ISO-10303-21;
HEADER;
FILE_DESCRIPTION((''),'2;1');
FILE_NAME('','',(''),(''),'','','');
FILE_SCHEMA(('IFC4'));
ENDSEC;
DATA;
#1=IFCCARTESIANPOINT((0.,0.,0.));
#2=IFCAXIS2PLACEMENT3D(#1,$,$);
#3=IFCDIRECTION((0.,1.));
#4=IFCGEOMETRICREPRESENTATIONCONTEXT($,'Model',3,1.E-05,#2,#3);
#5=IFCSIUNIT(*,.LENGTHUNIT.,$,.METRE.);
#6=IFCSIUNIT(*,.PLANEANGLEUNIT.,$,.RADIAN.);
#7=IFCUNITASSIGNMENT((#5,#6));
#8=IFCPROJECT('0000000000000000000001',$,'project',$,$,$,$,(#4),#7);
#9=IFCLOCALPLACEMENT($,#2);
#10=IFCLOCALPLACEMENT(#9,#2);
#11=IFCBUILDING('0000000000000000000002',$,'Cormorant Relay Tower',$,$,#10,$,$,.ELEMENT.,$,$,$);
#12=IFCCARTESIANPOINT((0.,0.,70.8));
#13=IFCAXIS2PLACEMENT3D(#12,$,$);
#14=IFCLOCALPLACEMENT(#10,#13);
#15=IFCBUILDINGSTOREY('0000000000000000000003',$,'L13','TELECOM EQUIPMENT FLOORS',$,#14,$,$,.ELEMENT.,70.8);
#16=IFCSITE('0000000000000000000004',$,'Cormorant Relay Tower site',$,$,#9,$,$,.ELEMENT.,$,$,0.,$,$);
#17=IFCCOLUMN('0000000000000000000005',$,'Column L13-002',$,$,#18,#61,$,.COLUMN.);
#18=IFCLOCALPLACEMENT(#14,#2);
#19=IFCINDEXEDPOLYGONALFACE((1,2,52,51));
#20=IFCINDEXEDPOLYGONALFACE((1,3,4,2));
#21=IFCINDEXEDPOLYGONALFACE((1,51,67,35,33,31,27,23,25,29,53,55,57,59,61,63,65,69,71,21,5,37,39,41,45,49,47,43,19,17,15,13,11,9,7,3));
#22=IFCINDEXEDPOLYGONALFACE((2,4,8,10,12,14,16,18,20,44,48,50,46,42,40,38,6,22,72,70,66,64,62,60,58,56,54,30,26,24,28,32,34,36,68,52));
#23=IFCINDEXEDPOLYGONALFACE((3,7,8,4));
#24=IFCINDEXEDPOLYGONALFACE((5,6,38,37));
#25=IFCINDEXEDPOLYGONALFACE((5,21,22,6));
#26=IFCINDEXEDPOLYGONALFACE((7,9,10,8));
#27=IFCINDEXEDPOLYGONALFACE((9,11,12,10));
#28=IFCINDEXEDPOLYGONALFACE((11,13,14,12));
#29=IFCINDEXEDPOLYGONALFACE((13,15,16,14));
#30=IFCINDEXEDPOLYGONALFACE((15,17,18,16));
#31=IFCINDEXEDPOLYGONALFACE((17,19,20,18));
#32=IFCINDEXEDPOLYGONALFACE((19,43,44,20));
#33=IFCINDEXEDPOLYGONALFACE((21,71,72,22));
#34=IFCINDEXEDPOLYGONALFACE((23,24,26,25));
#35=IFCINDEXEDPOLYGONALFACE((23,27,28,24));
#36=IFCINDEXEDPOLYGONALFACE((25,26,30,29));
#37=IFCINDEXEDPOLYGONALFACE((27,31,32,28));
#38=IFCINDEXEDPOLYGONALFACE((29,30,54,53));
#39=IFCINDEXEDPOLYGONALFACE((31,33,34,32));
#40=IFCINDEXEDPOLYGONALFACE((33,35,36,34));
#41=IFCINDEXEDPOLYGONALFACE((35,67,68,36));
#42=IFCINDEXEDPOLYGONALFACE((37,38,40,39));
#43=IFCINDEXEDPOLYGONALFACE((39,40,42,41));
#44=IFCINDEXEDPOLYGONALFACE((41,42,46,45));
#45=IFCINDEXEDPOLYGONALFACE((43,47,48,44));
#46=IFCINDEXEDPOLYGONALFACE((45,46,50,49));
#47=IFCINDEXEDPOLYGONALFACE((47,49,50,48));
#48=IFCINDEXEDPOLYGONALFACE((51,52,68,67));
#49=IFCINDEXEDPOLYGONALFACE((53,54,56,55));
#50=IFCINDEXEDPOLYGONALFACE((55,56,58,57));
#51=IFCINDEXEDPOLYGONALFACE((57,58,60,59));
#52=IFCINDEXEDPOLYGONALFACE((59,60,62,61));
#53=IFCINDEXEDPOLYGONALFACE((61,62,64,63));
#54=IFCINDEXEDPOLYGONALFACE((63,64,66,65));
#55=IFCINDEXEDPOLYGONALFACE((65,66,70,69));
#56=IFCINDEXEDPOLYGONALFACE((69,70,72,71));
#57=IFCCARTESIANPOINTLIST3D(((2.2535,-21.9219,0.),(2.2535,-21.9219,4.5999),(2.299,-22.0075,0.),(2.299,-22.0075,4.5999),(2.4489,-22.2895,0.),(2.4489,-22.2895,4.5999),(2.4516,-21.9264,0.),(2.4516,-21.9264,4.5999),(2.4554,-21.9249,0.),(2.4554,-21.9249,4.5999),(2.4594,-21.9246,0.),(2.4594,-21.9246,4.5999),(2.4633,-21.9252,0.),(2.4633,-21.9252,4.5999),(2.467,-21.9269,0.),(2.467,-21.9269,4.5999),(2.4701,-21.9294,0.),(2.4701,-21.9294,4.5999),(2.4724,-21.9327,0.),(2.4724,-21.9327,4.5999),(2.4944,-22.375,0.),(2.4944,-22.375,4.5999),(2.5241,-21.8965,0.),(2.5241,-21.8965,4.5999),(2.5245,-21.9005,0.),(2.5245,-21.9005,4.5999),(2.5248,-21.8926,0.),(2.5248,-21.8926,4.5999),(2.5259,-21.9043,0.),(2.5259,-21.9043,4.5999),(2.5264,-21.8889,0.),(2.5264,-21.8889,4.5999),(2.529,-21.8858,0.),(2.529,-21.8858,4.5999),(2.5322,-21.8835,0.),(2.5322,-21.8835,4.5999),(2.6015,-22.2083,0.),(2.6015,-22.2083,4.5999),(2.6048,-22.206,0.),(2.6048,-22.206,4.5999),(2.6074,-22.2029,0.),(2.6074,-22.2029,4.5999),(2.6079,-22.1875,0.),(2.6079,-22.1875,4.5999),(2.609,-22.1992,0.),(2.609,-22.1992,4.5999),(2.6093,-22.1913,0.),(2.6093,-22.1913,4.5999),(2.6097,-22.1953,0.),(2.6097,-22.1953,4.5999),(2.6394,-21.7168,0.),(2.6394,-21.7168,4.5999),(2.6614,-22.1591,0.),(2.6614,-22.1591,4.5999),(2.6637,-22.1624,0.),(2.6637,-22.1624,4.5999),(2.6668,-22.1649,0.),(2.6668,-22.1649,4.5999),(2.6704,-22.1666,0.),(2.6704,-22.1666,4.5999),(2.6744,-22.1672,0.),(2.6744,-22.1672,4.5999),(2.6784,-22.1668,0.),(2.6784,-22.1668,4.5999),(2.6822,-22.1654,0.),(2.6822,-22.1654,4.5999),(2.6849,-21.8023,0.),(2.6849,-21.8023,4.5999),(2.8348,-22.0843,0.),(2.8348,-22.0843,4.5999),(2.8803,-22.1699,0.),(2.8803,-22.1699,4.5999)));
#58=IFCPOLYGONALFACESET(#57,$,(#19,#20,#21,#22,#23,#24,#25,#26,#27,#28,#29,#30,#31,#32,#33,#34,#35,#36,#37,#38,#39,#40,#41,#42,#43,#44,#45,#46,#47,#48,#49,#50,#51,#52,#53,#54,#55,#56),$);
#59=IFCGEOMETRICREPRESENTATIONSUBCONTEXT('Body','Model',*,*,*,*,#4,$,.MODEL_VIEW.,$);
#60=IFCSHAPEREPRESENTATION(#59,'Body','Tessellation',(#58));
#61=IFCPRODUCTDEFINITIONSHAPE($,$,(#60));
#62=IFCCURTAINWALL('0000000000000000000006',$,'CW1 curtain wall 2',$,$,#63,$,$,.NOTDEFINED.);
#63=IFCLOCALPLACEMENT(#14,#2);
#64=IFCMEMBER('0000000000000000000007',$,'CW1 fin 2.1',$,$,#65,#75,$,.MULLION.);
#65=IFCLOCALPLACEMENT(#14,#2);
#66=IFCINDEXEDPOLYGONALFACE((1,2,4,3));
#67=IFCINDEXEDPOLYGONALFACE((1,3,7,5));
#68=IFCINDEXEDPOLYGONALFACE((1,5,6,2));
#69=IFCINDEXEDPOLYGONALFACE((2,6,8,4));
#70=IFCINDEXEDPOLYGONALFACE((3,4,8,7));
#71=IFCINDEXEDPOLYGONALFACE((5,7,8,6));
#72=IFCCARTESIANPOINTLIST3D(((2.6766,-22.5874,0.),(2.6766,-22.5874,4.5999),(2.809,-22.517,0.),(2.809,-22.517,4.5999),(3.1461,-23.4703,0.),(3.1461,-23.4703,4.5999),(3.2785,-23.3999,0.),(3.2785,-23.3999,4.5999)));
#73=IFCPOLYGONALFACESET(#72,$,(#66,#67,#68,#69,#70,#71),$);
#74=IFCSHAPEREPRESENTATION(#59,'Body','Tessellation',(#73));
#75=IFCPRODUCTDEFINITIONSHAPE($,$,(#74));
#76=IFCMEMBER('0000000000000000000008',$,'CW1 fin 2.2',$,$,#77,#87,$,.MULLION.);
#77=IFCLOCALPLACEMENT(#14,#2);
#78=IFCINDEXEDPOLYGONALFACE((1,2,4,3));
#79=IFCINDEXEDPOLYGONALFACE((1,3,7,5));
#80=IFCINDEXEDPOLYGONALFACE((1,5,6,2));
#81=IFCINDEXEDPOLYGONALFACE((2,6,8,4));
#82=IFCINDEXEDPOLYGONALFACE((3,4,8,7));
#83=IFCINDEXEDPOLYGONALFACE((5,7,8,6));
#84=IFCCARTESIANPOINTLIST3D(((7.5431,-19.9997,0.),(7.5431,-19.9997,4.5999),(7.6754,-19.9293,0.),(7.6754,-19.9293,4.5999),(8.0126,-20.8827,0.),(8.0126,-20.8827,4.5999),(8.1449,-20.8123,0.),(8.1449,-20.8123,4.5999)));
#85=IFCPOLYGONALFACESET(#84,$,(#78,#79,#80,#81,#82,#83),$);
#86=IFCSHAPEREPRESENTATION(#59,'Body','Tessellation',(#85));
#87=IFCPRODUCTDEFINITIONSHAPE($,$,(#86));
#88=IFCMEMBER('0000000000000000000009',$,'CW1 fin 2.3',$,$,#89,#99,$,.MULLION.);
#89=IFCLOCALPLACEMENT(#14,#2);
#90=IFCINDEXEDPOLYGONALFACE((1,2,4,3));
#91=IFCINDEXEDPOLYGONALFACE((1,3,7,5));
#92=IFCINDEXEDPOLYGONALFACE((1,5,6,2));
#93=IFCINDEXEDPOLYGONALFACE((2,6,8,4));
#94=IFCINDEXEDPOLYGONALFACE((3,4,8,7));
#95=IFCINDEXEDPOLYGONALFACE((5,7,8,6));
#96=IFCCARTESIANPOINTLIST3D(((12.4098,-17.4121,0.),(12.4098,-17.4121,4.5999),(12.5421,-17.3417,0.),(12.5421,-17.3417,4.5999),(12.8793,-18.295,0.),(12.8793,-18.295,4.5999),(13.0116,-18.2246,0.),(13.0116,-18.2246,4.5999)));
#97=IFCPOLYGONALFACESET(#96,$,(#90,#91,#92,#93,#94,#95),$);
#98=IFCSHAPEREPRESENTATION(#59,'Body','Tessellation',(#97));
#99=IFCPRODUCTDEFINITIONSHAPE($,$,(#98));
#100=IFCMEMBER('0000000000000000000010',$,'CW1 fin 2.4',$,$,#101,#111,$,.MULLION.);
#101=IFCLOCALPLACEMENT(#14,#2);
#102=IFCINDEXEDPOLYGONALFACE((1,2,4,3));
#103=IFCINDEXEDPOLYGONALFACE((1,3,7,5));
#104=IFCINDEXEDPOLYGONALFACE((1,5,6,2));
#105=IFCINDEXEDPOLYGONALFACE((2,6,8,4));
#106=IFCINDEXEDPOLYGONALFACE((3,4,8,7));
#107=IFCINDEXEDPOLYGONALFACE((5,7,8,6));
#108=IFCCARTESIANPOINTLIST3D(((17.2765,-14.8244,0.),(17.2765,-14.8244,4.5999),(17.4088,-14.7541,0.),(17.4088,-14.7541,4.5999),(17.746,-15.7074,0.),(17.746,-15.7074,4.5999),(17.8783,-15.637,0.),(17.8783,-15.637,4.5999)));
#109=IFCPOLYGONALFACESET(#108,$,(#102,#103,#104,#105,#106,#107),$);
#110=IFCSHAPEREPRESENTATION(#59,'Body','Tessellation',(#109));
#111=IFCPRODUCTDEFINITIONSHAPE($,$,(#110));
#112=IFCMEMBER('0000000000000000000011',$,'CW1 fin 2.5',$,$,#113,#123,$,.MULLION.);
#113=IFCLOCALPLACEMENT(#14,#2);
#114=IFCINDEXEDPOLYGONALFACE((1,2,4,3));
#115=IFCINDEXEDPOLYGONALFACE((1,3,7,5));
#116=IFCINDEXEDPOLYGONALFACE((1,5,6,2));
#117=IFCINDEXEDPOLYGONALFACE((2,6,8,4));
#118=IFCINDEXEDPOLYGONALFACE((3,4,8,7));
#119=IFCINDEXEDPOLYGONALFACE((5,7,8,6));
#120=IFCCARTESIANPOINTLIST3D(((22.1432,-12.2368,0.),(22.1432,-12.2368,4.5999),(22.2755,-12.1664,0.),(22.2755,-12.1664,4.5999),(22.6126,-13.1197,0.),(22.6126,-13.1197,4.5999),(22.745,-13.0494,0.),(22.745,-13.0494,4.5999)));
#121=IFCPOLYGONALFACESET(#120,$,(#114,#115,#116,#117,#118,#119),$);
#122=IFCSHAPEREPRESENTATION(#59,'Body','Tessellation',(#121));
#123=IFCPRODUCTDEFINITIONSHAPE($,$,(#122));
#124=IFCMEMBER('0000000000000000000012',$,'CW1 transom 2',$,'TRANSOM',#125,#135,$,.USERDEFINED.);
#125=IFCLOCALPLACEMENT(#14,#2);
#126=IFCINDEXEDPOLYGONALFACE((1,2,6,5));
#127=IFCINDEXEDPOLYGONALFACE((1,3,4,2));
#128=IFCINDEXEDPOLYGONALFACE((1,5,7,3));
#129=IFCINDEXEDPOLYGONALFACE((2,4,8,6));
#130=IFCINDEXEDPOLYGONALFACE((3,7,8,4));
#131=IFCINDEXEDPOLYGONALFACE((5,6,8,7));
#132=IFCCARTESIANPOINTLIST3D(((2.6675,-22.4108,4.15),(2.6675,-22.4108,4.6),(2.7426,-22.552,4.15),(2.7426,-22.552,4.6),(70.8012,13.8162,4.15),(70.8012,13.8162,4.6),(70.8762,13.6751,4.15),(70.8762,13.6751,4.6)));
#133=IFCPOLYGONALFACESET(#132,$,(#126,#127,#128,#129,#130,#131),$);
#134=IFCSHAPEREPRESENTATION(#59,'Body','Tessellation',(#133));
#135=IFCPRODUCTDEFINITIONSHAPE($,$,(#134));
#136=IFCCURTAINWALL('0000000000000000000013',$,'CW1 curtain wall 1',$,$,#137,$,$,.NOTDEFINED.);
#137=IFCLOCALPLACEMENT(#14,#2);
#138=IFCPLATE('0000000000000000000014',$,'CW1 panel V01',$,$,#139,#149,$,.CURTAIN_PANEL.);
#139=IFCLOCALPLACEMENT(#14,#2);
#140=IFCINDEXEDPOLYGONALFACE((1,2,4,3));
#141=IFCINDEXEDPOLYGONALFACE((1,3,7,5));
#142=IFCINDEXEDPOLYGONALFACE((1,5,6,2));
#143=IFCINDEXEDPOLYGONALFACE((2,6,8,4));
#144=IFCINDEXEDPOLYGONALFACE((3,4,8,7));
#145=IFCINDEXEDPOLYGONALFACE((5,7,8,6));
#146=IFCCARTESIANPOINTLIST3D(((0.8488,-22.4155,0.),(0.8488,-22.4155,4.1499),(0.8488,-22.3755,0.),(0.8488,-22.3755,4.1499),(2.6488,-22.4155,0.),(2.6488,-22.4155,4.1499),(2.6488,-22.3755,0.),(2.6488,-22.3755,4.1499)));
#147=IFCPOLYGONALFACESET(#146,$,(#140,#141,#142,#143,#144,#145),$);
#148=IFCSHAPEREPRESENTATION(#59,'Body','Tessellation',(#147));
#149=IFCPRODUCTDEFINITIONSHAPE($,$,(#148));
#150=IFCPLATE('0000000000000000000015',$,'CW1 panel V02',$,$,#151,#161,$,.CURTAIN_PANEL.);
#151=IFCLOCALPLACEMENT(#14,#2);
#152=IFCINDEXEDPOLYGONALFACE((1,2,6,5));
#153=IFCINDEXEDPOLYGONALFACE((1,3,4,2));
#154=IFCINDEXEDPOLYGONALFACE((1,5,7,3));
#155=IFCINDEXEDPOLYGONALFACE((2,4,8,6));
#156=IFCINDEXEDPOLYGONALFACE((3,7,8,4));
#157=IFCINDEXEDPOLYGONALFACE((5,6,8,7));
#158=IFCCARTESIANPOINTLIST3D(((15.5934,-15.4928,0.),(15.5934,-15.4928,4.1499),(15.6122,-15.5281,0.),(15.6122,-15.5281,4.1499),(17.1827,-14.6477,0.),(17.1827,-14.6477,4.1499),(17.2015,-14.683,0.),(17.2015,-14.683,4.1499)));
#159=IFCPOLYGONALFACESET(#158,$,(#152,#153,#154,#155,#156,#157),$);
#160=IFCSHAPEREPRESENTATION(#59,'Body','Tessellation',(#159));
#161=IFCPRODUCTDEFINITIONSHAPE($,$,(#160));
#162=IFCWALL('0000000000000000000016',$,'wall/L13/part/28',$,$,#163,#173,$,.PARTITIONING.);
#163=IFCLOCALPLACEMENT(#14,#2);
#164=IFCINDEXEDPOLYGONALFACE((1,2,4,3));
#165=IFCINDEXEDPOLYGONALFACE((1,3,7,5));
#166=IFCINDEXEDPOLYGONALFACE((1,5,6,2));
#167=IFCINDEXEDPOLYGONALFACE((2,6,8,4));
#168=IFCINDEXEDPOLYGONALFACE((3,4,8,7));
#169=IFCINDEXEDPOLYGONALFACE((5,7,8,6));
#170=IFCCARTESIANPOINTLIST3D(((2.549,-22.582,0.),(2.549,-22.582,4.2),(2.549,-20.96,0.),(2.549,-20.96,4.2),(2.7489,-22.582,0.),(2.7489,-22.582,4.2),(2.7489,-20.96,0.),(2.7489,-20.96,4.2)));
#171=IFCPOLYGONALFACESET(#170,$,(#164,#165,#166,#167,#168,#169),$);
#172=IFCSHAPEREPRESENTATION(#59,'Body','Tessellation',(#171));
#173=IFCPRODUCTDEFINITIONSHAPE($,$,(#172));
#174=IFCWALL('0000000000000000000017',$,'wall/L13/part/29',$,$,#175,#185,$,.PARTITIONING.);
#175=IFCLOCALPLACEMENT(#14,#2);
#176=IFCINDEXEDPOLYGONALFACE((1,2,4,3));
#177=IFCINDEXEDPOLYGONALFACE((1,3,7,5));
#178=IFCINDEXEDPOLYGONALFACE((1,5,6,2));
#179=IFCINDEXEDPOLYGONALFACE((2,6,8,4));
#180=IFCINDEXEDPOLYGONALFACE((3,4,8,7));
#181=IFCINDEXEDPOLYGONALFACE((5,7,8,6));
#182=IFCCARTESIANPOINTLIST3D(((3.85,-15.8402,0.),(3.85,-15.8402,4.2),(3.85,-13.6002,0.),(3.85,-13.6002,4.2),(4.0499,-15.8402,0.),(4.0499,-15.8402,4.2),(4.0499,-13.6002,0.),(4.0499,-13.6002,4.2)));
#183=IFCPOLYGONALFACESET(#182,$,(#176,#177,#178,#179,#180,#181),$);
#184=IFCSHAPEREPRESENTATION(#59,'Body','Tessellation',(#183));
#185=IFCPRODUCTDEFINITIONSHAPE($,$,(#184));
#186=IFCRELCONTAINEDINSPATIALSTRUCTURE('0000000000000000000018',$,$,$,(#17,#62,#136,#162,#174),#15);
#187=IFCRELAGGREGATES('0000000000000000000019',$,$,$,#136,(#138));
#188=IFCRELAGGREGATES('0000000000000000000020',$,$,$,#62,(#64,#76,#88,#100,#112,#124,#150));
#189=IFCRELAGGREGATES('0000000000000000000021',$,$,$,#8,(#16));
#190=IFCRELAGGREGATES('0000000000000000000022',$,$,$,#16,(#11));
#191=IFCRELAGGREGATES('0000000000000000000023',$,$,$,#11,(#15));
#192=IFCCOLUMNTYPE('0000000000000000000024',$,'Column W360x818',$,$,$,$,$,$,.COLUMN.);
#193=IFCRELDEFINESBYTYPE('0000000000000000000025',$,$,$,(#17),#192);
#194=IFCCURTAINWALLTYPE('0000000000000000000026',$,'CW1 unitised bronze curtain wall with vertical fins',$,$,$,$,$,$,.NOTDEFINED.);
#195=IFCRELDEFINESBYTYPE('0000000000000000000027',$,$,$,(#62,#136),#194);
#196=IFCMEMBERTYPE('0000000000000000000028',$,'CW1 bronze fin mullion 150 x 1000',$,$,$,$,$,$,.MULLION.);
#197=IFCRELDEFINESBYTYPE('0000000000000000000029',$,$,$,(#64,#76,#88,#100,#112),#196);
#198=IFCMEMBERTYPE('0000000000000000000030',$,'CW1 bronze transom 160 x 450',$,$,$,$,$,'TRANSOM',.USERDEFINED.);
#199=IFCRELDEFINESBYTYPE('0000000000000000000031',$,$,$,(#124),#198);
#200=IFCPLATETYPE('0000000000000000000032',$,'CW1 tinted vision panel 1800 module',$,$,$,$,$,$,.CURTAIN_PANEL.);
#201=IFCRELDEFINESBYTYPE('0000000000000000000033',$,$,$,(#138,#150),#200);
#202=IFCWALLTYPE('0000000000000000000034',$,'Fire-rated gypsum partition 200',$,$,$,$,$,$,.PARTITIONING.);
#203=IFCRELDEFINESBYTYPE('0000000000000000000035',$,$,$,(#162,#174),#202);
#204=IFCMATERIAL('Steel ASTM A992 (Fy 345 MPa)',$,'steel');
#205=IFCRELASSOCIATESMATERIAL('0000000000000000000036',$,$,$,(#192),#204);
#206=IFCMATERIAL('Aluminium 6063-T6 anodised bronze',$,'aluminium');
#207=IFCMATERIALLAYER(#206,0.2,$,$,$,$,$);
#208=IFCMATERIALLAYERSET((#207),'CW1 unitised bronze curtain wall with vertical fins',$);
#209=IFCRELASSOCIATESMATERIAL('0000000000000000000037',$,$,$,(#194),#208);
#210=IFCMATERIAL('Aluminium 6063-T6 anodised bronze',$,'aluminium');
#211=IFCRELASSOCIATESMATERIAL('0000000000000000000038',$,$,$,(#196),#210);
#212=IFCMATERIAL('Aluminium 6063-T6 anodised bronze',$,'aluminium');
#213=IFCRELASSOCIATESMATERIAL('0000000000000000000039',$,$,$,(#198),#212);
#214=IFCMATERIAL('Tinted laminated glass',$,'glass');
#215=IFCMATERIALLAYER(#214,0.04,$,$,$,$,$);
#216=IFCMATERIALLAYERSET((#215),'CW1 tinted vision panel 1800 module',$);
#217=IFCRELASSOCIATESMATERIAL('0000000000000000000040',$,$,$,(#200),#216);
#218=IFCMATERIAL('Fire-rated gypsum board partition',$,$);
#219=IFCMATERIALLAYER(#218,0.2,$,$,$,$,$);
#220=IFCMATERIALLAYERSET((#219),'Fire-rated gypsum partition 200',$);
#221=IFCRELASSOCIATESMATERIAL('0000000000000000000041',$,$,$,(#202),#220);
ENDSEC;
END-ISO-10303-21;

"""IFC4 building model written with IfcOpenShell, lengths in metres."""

from ifc_helpers import new_model, si_unit, direction, frame, frame_2d, origin, origin_2d, place, context, subcontext, project, spatial, rectangle, i_section, extrude, material, layer, layer_set, material_profile, profile_set, type_object, element, aggregate, save


model = new_model("IFC4")

# Units and contexts
model_context = context("Model", 3, precision=1e-05, world=origin(), true_north=direction((0.0, 1.0)))
body_context = subcontext(model_context, "Body", "Model", "MODEL_VIEW")
ifc_project = project(units=[si_unit("LENGTHUNIT", "METRE"), si_unit("PLANEANGLEUNIT", "RADIAN")], contexts=[model_context])

# Site, building, storey
site_placement = place(None, origin())
site = spatial("IfcSite", under=ifc_project, at=site_placement, Name="Cormorant Relay Tower site", CompositionType="ELEMENT", RefElevation=0.0)
building_placement = place(site_placement, origin())
building = spatial("IfcBuilding", under=site, at=building_placement, Name="Cormorant Relay Tower", CompositionType="ELEMENT")
storey_placement = place(building_placement, frame((0.0, 0.0, 70.8)))
storey = spatial("IfcBuildingStorey", under=building, at=storey_placement, Name="L13", Description="TELECOM EQUIPMENT FLOORS", CompositionType="ELEMENT", Elevation=70.8)

# Column
ifc_material_1 = material(Name="Steel ASTM A992 (Fy 345 MPa)", Category="steel")
ifc_material_profile_1 = material_profile(ifc_material_1, i_section(OverallWidth=0.437, OverallDepth=0.5132, WebThickness=0.0605, FlangeThickness=0.0969, FilletRadius=0.0154, at=origin_2d()), Name="W360x818")
ifc_profile_set_1 = profile_set([ifc_material_profile_1], Name="Steel ASTM A992 (Fy 345 MPa)")
column_type_1 = type_object("IfcColumnType", Name="Column W360x818", PredefinedType="COLUMN", material=ifc_profile_set_1)
column_1_placement = place(storey_placement, frame((2.5669, -22.0459, 0.0), z_axis=(0.0, 0.0, 1.0), x_axis=(0.882948, 0.469472, 0.0)))
element("IfcColumn", 1, at=column_1_placement, inside=storey, type_object=column_type_1, Name="Column L13-002", PredefinedType="COLUMN", context=body_context, shape_type="SweptSolid", body=[
    extrude(i_section(OverallWidth=0.437, OverallDepth=0.5132, WebThickness=0.0605, FlangeThickness=0.0969, FilletRadius=0.0154, at=origin_2d()), origin(), (0.0, 0.0, 1.0), 4.5999),
])

# Curtain wall, members
ifc_material_2 = material(Name="Aluminium 6063-T6 anodised bronze", Category="aluminium")
ifc_layer_1 = layer(ifc_material_2, 0.2)
ifc_layer_set_1 = layer_set([ifc_layer_1], Name="CW1 unitised bronze curtain wall with vertical fins")
curtain_wall_type = type_object("IfcCurtainWallType", Name="CW1 unitised bronze curtain wall with vertical fins", PredefinedType="NOTDEFINED", material=ifc_layer_set_1)
curtain_wall_1_placement = place(storey_placement, origin())
curtain_wall_1 = element("IfcCurtainWall", 2, at=curtain_wall_1_placement, inside=storey, type_object=curtain_wall_type, Name="CW1 curtain wall 2", PredefinedType="NOTDEFINED")
ifc_material_3 = material(Name="Aluminium 6063-T6 anodised bronze", Category="aluminium")
ifc_material_profile_2 = material_profile(ifc_material_3, rectangle(XDim=0.1499, YDim=1.0, at=origin_2d()), Name="AL 150x1000")
ifc_profile_set_2 = profile_set([ifc_material_profile_2], Name="Aluminium 6063-T6 anodised bronze")
member_type_1 = type_object("IfcMemberType", Name="CW1 bronze fin mullion 150 x 1000", PredefinedType="MULLION", material=ifc_profile_set_2)
member_1_placement = place(storey_placement, frame((2.9775, -22.9937, 0.0), z_axis=(0.0, 0.0, 1.0), x_axis=(0.882948, 0.469472, 0.0)))
member_1 = element("IfcMember", 3, at=member_1_placement, type_object=member_type_1, Name="CW1 fin 2.1", PredefinedType="MULLION", context=body_context, shape_type="SweptSolid", body=[
    extrude(rectangle(XDim=0.1499, YDim=1.0, at=origin_2d()), origin(), (0.0, 0.0, 1.0), 4.5999),
])
member_2_placement = place(storey_placement, frame((7.844, -20.406, 0.0), z_axis=(0.0, 0.0, 1.0), x_axis=(0.882948, 0.469472, 0.0)))
member_2 = element("IfcMember", 4, at=member_2_placement, type_object=member_type_1, Name="CW1 fin 2.2", PredefinedType="MULLION", context=body_context, shape_type="SweptSolid", body=[
    extrude(rectangle(XDim=0.1499, YDim=1.0, at=origin_2d()), origin(), (0.0, 0.0, 1.0), 4.5999),
])
member_3_placement = place(storey_placement, frame((12.7107, -17.8184, 0.0), z_axis=(0.0, 0.0, 1.0), x_axis=(0.882948, 0.469472, 0.0)))
member_3 = element("IfcMember", 5, at=member_3_placement, type_object=member_type_1, Name="CW1 fin 2.3", PredefinedType="MULLION", context=body_context, shape_type="SweptSolid", body=[
    extrude(rectangle(XDim=0.1499, YDim=1.0, at=origin_2d()), origin(), (0.0, 0.0, 1.0), 4.5999),
])
member_4_placement = place(storey_placement, frame((17.5774, -15.2307, 0.0), z_axis=(0.0, 0.0, 1.0), x_axis=(0.882948, 0.469472, 0.0)))
member_4 = element("IfcMember", 6, at=member_4_placement, type_object=member_type_1, Name="CW1 fin 2.4", PredefinedType="MULLION", context=body_context, shape_type="SweptSolid", body=[
    extrude(rectangle(XDim=0.1499, YDim=1.0, at=origin_2d()), origin(), (0.0, 0.0, 1.0), 4.5999),
])
member_5_placement = place(storey_placement, frame((22.4441, -12.6431, 0.0), z_axis=(0.0, 0.0, 1.0), x_axis=(0.882948, 0.469472, 0.0)))
member_5 = element("IfcMember", 7, at=member_5_placement, type_object=member_type_1, Name="CW1 fin 2.5", PredefinedType="MULLION", context=body_context, shape_type="SweptSolid", body=[
    extrude(rectangle(XDim=0.1499, YDim=1.0, at=origin_2d()), origin(), (0.0, 0.0, 1.0), 4.5999),
])
ifc_material_4 = material(Name="Aluminium 6063-T6 anodised bronze", Category="aluminium")
ifc_material_profile_3 = material_profile(ifc_material_4, rectangle(XDim=0.1599, YDim=0.45, at=origin_2d()), Name="AL 160x450")
ifc_profile_set_3 = profile_set([ifc_material_profile_3], Name="Aluminium 6063-T6 anodised bronze")
member_type_2 = type_object("IfcMemberType", Name="CW1 bronze transom 160 x 450", ElementType="TRANSOM", PredefinedType="USERDEFINED", material=ifc_profile_set_3)
member_6_placement = place(storey_placement, frame((2.7051, -22.4814, 4.375), z_axis=(0.882949, 0.46947, 0.0), x_axis=(-0.46947, 0.882949, 0.0)))
member_6 = element("IfcMember", 8, at=member_6_placement, type_object=member_type_2, Name="CW1 transom 2", ObjectType="TRANSOM", PredefinedType="USERDEFINED", context=body_context, shape_type="SweptSolid", body=[
    extrude(rectangle(XDim=0.1599, YDim=0.45, at=origin_2d()), origin(), (0.0, 0.0, 1.0), 77.166),
])

# Curtain wall, plate
curtain_wall_2_placement = place(storey_placement, origin())
curtain_wall_2 = element("IfcCurtainWall", 9, at=curtain_wall_2_placement, inside=storey, type_object=curtain_wall_type, Name="CW1 curtain wall 1", PredefinedType="NOTDEFINED")
ifc_material_5 = material(Name="Tinted laminated glass", Category="glass")
ifc_layer_2 = layer(ifc_material_5, 0.04)
ifc_layer_set_2 = layer_set([ifc_layer_2], Name="CW1 tinted vision panel 1800 module")
plate_type = type_object("IfcPlateType", Name="CW1 tinted vision panel 1800 module", PredefinedType="CURTAIN_PANEL", material=ifc_layer_set_2)
plate_1_placement = place(storey_placement, frame((1.7488, -22.3955, 0.0), z_axis=(0.0, 0.0, 1.0), x_axis=(1.0, 0.0, 0.0)))
plate_1 = element("IfcPlate", 10, at=plate_1_placement, type_object=plate_type, Name="CW1 panel V01", PredefinedType="CURTAIN_PANEL", context=body_context, shape_type="SweptSolid", body=[
    extrude(rectangle(XDim=1.8, YDim=0.04, at=origin_2d()), origin(), (0.0, 0.0, 1.0), 4.1499),
])
aggregate(curtain_wall_2, [plate_1])

# Plate
plate_2_placement = place(storey_placement, frame((16.3975, -15.0879, 0.0), z_axis=(0.0, 0.0, 1.0), x_axis=(0.882948, 0.469472, 0.0)))
plate_2 = element("IfcPlate", 11, at=plate_2_placement, type_object=plate_type, Name="CW1 panel V02", PredefinedType="CURTAIN_PANEL", context=body_context, shape_type="SweptSolid", body=[
    extrude(rectangle(XDim=1.8, YDim=0.04, at=origin_2d()), origin(), (0.0, 0.0, 1.0), 4.1499),
])

# Walls
ifc_material_6 = material(Name="Fire-rated gypsum board partition")
ifc_layer_3 = layer(ifc_material_6, 0.2)
ifc_layer_set_3 = layer_set([ifc_layer_3], Name="Fire-rated gypsum partition 200")
wall_type_1 = type_object("IfcWallType", Name="Fire-rated gypsum partition 200", PredefinedType="PARTITIONING", material=ifc_layer_set_3)
wall_1_placement = place(storey_placement, frame((2.6489, -22.582, 0.0), z_axis=(0.0, 0.0, 1.0), x_axis=(0.0, 1.0, 0.0)))
element("IfcWall", 12, at=wall_1_placement, inside=storey, type_object=wall_type_1, Name="wall/L13/part/28", PredefinedType="PARTITIONING", context=body_context, shape_type="SweptSolid", body=[
    extrude(rectangle(XDim=1.6221, YDim=0.2, at=frame_2d((0.811, 0.0))), origin(), (0.0, 0.0, 1.0), 4.2),
])
wall_2_placement = place(storey_placement, frame((3.95, -13.6001, 0.0), z_axis=(0.0, 0.0, 1.0), x_axis=(0.0, -1.0, 0.0)))
element("IfcWall", 13, at=wall_2_placement, inside=storey, type_object=wall_type_1, Name="wall/L13/part/29", PredefinedType="PARTITIONING", context=body_context, shape_type="SweptSolid", body=[
    extrude(rectangle(XDim=2.24, YDim=0.2, at=frame_2d((1.1201, 0.0))), origin(), (0.0, 0.0, 1.0), 4.2),
])

aggregate(curtain_wall_1, [member_1, member_2, member_3, member_4, member_5, member_6, plate_2])

save(model, "model.ifc")
